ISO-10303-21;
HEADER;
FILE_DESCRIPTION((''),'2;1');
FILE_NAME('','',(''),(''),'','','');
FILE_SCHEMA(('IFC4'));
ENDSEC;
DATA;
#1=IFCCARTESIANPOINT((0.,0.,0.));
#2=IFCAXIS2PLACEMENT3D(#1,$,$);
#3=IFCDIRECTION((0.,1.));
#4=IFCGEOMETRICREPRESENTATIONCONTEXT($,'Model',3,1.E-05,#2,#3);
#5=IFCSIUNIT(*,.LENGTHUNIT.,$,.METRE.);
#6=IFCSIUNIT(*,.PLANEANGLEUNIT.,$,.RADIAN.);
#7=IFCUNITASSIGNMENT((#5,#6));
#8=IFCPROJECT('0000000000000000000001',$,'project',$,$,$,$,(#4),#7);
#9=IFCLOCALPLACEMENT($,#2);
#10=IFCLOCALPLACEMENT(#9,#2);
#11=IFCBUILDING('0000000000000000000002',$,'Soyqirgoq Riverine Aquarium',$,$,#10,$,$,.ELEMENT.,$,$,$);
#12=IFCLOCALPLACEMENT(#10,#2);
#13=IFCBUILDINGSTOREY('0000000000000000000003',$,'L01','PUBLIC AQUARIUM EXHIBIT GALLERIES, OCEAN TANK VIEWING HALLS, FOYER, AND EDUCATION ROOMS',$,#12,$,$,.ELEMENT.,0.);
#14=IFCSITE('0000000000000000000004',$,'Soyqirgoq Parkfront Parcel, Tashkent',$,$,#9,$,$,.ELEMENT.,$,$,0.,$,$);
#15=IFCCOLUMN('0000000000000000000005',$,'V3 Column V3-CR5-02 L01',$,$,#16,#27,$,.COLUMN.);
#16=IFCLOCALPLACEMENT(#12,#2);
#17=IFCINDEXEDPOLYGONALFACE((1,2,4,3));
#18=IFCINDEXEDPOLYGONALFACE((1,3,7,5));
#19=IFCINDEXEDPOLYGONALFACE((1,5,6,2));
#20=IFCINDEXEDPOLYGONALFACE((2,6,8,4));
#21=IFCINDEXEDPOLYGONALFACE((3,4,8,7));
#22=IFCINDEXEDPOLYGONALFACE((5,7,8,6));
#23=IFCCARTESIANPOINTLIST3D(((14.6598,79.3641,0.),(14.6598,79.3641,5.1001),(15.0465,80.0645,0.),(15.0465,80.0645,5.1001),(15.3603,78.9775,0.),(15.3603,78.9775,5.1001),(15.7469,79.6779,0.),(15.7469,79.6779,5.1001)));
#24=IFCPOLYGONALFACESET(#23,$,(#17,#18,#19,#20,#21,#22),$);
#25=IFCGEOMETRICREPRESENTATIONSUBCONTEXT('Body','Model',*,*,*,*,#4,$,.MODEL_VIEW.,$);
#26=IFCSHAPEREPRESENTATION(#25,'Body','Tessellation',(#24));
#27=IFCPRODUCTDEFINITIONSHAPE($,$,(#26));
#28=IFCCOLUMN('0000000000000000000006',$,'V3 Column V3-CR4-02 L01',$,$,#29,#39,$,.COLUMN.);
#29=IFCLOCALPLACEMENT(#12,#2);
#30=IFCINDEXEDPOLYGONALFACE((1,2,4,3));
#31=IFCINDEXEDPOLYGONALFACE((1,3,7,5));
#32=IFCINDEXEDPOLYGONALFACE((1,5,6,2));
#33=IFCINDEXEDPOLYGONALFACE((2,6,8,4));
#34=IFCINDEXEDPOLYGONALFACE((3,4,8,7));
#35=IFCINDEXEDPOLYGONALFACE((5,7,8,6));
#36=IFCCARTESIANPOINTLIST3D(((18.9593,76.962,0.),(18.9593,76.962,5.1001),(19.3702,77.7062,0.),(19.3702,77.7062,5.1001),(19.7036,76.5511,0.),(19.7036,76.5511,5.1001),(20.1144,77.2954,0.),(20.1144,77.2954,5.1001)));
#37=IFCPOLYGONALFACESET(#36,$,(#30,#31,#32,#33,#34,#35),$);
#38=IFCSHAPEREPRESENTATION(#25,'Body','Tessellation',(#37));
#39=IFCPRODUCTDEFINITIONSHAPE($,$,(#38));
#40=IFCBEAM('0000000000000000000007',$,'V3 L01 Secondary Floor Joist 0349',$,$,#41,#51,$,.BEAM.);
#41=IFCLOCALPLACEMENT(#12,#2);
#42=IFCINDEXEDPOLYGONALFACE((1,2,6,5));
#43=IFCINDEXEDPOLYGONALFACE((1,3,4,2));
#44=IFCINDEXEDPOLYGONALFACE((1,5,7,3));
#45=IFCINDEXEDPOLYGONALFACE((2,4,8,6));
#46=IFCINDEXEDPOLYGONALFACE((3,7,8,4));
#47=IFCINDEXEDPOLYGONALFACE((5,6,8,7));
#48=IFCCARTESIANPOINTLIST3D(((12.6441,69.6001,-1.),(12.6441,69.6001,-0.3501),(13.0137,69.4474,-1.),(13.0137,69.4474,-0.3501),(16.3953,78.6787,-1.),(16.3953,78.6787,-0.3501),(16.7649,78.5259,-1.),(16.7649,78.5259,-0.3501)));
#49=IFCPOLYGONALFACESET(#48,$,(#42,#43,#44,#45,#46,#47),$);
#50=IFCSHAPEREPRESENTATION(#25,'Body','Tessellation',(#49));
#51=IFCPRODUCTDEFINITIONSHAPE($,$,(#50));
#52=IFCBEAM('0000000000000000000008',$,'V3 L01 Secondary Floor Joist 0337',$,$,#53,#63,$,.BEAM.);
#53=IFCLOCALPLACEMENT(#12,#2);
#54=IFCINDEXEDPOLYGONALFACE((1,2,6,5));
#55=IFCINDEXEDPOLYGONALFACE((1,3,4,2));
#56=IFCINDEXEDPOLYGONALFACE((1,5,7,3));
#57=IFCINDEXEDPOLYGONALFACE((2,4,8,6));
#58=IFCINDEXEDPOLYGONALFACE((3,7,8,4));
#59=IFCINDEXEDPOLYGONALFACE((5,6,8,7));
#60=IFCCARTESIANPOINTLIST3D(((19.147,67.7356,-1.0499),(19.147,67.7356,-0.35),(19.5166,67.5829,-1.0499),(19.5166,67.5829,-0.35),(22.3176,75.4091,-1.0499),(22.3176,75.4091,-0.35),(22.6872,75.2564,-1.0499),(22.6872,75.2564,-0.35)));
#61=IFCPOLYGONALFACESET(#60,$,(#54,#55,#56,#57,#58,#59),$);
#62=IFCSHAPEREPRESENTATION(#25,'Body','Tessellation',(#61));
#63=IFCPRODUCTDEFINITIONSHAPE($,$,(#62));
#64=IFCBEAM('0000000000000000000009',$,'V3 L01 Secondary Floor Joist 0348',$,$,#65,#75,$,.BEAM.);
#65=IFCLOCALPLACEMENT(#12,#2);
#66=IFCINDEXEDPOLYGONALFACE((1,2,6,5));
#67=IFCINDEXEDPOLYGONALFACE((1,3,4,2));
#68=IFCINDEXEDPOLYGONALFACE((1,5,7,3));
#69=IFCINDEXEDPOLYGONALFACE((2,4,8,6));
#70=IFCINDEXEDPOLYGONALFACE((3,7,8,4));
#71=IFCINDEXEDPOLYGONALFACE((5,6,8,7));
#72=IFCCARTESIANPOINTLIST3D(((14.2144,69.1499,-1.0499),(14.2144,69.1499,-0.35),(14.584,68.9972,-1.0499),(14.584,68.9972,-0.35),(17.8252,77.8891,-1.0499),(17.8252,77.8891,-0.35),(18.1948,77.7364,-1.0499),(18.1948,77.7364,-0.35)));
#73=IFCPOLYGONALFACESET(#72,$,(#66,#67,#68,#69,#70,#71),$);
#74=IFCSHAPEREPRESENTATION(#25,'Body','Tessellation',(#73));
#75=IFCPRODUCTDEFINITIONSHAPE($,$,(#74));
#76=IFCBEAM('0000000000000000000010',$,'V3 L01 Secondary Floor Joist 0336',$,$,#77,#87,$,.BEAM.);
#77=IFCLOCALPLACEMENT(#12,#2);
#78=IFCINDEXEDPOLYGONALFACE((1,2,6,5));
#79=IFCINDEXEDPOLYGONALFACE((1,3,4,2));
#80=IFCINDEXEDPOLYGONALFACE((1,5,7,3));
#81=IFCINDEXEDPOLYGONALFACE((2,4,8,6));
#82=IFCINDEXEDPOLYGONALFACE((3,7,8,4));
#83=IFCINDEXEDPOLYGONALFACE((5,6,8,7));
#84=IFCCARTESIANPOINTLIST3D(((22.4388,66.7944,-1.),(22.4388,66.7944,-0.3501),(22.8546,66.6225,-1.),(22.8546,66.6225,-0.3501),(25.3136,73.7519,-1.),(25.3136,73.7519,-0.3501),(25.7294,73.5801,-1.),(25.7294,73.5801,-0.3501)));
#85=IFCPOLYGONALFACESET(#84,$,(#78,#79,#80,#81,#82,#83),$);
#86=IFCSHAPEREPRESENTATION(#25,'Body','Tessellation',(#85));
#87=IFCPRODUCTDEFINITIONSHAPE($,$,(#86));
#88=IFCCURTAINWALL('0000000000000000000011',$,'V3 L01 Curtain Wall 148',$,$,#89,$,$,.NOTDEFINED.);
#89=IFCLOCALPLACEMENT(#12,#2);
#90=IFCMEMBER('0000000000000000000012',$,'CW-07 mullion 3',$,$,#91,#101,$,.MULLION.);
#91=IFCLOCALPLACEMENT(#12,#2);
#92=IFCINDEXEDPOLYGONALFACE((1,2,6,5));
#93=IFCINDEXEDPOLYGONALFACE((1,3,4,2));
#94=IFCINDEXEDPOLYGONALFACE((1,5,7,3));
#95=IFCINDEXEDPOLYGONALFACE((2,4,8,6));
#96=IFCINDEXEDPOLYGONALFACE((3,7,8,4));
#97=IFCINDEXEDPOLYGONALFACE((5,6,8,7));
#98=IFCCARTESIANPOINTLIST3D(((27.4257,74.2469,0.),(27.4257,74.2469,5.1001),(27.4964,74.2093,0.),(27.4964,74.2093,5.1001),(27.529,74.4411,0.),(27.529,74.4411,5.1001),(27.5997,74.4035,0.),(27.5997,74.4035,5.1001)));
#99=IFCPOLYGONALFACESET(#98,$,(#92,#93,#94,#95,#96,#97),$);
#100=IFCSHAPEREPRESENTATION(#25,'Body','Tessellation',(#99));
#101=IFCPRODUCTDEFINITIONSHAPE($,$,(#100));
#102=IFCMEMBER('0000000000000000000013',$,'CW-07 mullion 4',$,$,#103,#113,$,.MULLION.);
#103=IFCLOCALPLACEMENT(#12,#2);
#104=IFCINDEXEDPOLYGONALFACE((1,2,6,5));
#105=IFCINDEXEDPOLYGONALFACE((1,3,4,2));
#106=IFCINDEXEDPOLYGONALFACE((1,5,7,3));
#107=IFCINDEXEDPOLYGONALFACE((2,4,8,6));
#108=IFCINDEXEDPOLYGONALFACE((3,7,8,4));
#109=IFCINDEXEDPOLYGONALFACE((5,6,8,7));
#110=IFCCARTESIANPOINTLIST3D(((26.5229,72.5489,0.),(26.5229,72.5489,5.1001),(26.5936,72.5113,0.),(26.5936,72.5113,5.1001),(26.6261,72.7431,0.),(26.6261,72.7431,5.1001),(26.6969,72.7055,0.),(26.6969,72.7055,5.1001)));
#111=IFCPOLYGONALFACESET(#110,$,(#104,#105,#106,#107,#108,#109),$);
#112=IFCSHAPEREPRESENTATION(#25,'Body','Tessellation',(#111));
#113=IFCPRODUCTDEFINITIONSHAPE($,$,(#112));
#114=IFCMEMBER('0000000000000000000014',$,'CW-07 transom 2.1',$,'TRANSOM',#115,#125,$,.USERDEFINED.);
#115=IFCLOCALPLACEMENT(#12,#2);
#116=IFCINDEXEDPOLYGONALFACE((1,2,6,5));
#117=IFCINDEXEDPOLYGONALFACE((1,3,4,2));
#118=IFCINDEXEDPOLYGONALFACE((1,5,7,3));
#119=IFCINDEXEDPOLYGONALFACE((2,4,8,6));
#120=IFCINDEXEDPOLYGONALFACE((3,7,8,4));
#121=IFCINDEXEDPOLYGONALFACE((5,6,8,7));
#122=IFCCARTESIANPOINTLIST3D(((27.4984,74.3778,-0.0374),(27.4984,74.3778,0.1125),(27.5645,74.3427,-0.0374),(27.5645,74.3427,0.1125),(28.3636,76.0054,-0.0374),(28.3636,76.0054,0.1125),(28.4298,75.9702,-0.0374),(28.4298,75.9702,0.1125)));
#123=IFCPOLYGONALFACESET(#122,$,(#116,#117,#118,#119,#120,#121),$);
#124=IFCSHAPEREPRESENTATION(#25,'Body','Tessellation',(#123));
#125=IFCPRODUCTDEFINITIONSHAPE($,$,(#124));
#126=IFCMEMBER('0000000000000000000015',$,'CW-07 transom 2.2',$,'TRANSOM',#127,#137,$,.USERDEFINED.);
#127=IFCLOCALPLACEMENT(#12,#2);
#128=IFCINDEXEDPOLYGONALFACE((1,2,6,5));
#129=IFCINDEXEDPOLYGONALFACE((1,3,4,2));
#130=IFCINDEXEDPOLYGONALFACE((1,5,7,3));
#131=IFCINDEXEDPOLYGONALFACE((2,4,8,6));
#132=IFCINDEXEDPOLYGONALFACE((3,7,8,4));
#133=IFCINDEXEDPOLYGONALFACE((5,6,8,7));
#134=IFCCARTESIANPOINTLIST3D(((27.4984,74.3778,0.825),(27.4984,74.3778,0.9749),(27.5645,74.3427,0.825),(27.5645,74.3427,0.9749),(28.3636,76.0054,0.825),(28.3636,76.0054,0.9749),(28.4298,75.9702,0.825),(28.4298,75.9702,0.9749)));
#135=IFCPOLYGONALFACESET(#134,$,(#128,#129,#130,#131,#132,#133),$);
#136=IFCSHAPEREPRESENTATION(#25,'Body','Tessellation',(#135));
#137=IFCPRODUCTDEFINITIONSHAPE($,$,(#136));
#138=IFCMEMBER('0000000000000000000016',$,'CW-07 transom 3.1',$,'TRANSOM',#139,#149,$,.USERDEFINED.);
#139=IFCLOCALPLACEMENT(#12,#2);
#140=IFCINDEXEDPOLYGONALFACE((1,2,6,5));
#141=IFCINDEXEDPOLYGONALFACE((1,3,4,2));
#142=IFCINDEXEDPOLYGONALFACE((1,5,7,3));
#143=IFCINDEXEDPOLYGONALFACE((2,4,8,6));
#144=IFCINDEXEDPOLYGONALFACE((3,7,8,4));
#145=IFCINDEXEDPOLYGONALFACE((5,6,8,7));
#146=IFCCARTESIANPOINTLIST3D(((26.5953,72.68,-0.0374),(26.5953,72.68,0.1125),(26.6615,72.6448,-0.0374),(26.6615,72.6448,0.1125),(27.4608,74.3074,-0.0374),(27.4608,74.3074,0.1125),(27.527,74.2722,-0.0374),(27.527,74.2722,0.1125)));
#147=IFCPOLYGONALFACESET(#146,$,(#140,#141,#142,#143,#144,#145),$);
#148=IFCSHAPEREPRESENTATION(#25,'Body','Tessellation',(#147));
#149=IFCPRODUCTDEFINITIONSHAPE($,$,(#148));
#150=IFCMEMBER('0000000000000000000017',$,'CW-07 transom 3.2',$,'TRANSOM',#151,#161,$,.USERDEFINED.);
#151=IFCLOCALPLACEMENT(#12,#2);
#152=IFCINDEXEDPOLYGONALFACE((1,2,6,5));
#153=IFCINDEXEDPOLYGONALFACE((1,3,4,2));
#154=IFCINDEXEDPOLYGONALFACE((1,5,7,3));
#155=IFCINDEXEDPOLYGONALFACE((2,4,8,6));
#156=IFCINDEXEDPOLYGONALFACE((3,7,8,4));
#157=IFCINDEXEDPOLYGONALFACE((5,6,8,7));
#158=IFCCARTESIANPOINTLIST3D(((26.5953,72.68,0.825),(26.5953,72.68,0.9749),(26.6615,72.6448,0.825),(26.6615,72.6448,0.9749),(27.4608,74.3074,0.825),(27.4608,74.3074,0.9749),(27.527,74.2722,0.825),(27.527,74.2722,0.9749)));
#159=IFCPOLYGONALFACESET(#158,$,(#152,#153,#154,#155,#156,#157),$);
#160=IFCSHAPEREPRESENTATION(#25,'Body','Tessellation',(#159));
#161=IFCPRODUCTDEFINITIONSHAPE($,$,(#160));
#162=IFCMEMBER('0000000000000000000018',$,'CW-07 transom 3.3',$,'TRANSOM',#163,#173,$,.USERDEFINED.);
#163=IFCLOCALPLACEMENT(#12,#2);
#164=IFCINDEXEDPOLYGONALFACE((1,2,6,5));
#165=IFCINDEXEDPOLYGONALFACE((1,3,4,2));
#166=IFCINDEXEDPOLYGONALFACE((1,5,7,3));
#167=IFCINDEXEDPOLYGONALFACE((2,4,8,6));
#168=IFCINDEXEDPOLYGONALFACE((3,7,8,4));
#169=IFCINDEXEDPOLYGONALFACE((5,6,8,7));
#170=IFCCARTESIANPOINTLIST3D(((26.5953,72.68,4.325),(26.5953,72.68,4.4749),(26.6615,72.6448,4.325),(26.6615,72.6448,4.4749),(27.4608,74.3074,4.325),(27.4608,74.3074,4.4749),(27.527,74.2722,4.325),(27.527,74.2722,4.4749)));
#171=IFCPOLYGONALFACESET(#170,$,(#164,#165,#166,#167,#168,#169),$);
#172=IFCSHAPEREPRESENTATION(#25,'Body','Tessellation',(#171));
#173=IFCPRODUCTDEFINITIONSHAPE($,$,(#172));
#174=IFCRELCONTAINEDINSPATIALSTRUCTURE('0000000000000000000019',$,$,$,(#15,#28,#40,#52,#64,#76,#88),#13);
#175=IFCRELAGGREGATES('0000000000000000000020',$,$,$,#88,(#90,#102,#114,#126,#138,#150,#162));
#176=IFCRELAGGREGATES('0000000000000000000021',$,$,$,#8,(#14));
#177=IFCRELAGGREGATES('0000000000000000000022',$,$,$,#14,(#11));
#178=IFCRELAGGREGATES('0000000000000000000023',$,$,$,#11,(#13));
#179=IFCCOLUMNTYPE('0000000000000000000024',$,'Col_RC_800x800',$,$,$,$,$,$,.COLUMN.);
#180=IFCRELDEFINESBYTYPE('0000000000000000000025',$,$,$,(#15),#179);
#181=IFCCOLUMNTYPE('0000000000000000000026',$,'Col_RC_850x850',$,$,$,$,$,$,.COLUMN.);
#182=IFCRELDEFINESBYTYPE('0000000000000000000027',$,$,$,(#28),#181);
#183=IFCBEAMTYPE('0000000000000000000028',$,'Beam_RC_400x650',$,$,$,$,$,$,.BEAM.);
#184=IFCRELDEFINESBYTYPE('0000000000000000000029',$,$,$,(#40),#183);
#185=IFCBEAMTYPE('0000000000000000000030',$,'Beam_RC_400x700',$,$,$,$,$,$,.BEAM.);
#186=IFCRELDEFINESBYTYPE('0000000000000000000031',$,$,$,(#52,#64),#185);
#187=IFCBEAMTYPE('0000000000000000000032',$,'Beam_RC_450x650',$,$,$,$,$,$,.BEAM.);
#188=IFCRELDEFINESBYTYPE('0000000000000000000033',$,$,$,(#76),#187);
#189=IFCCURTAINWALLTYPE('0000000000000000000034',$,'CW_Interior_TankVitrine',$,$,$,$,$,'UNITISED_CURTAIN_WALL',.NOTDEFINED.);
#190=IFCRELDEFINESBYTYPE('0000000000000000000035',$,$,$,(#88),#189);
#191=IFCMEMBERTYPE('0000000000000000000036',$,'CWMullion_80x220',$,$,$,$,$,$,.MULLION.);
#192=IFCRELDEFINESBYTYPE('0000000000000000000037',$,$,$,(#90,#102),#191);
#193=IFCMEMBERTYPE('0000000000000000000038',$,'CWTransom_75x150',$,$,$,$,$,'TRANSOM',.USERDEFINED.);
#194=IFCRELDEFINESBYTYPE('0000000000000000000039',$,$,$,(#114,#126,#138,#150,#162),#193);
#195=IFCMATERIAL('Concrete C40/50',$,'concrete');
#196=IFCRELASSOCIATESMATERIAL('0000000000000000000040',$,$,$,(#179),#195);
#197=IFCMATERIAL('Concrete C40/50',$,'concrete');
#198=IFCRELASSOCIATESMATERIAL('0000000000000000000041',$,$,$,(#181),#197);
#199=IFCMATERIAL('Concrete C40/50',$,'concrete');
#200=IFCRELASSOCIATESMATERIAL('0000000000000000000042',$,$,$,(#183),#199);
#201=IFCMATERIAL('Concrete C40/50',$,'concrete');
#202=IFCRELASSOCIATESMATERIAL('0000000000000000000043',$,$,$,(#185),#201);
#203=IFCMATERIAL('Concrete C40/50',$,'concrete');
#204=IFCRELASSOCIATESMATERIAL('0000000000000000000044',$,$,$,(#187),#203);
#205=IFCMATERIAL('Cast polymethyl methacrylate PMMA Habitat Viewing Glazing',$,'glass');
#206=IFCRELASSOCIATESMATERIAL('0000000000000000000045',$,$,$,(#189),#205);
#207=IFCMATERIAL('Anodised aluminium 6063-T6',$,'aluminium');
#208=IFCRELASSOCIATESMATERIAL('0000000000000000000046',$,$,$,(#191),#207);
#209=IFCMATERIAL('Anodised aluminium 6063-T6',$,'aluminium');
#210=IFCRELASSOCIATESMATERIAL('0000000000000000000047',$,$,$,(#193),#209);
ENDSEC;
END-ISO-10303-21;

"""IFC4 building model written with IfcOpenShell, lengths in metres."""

from ifc_helpers import new_model, si_unit, direction, frame, origin, origin_2d, place, context, subcontext, project, spatial, rectangle, extrude, material, material_profile, profile_set, type_object, element, aggregate, save


model = new_model("IFC4")

# Units and contexts
model_context = context("Model", 3, precision=1e-05, world=origin(), true_north=direction((0.0, 1.0)))
body_context = subcontext(model_context, "Body", "Model", "MODEL_VIEW")
ifc_project = project(units=[si_unit("LENGTHUNIT", "METRE"), si_unit("PLANEANGLEUNIT", "RADIAN")], contexts=[model_context])

# Site, building, storey
site_placement = place(None, origin())
site = spatial("IfcSite", under=ifc_project, at=site_placement, Name="Soyqirgoq Parkfront Parcel, Tashkent", CompositionType="ELEMENT", RefElevation=0.0)
building_placement = place(site_placement, origin())
building = spatial("IfcBuilding", under=site, at=building_placement, Name="Soyqirgoq Riverine Aquarium", CompositionType="ELEMENT")
storey_placement = place(building_placement, origin())
storey = spatial("IfcBuildingStorey", under=building, at=storey_placement, Name="L01", Description="PUBLIC AQUARIUM EXHIBIT GALLERIES, OCEAN TANK VIEWING HALLS, FOYER, AND EDUCATION ROOMS", CompositionType="ELEMENT", Elevation=0.0)

# Columns
ifc_material_1 = material(Name="Concrete C40/50", Category="concrete")
ifc_material_profile_1 = material_profile(ifc_material_1, rectangle(XDim=0.8, YDim=0.8, at=origin_2d()), Name="RC 800x800")
ifc_profile_set_1 = profile_set([ifc_material_profile_1], Name="Concrete C40/50")
column_type_1 = type_object("IfcColumnType", Name="Col_RC_800x800", PredefinedType="COLUMN", material=ifc_profile_set_1)
column_1_placement = place(storey_placement, frame((15.2034, 79.521, 0.0), z_axis=(0.0, 0.0, 1.0), x_axis=(-0.875465, 0.483282, 0.0)))
element("IfcColumn", 1, at=column_1_placement, inside=storey, type_object=column_type_1, Name="V3 Column V3-CR5-02 L01", PredefinedType="COLUMN", context=body_context, shape_type="SweptSolid", body=[
    extrude(rectangle(XDim=0.8, YDim=0.8, at=origin_2d()), origin(), (0.0, 0.0, 1.0), 5.1001),
])
ifc_material_2 = material(Name="Concrete C40/50", Category="concrete")
ifc_material_profile_2 = material_profile(ifc_material_2, rectangle(XDim=0.8501, YDim=0.8501, at=origin_2d()), Name="RC 850x850")
ifc_profile_set_2 = profile_set([ifc_material_profile_2], Name="Concrete C40/50")
column_type_2 = type_object("IfcColumnType", Name="Col_RC_850x850", PredefinedType="COLUMN", material=ifc_profile_set_2)
column_2_placement = place(storey_placement, frame((19.5369, 77.1287, 0.0), z_axis=(0.0, 0.0, 1.0), x_axis=(-0.875465, 0.483282, 0.0)))
element("IfcColumn", 2, at=column_2_placement, inside=storey, type_object=column_type_2, Name="V3 Column V3-CR4-02 L01", PredefinedType="COLUMN", context=body_context, shape_type="SweptSolid", body=[
    extrude(rectangle(XDim=0.8501, YDim=0.8501, at=origin_2d()), origin(), (0.0, 0.0, 1.0), 5.1001),
])

# Beams
ifc_material_3 = material(Name="Concrete C40/50", Category="concrete")
ifc_material_profile_3 = material_profile(ifc_material_3, rectangle(XDim=0.3999, YDim=0.6499, at=origin_2d()), Name="RC 400x650")
ifc_profile_set_3 = profile_set([ifc_material_profile_3], Name="Concrete C40/50")
beam_type_1 = type_object("IfcBeamType", Name="Beam_RC_400x650", PredefinedType="BEAM", material=ifc_profile_set_3)
beam_1_placement = place(storey_placement, frame((16.5801, 78.6023, -0.675), z_axis=(-0.381878, -0.924213, 0.0), x_axis=(0.924213, -0.381878, 0.0)))
element("IfcBeam", 3, at=beam_1_placement, inside=storey, type_object=beam_type_1, Name="V3 L01 Secondary Floor Joist 0349", PredefinedType="BEAM", context=body_context, shape_type="SweptSolid", body=[
    extrude(rectangle(XDim=0.3999, YDim=0.6499, at=origin_2d()), origin(), (0.0, 0.0, 1.0), 9.823),
])
ifc_material_4 = material(Name="Concrete C40/50", Category="concrete")
ifc_material_profile_4 = material_profile(ifc_material_4, rectangle(XDim=0.3999, YDim=0.7, at=origin_2d()), Name="RC 400x700")
ifc_profile_set_4 = profile_set([ifc_material_profile_4], Name="Concrete C40/50")
beam_type_2 = type_object("IfcBeamType", Name="Beam_RC_400x700", PredefinedType="BEAM", material=ifc_profile_set_4)
beam_2_placement = place(storey_placement, frame((22.5024, 75.3328, -0.7), z_axis=(-0.381876, -0.924213, 0.0), x_axis=(0.924213, -0.381876, 0.0)))
element("IfcBeam", 4, at=beam_2_placement, inside=storey, type_object=beam_type_2, Name="V3 L01 Secondary Floor Joist 0337", PredefinedType="BEAM", context=body_context, shape_type="SweptSolid", body=[
    extrude(rectangle(XDim=0.3999, YDim=0.7, at=origin_2d()), origin(), (0.0, 0.0, 1.0), 8.3027),
])
beam_3_placement = place(storey_placement, frame((18.01, 77.8127, -0.7), z_axis=(-0.381864, -0.924219, 0.0), x_axis=(0.924219, -0.381864, 0.0)))
element("IfcBeam", 5, at=beam_3_placement, inside=storey, type_object=beam_type_2, Name="V3 L01 Secondary Floor Joist 0348", PredefinedType="BEAM", context=body_context, shape_type="SweptSolid", body=[
    extrude(rectangle(XDim=0.3999, YDim=0.7, at=origin_2d()), origin(), (0.0, 0.0, 1.0), 9.4558),
])
ifc_material_5 = material(Name="Concrete C40/50", Category="concrete")
ifc_material_profile_5 = material_profile(ifc_material_5, rectangle(XDim=0.45, YDim=0.6499, at=origin_2d()), Name="RC 450x650")
ifc_profile_set_5 = profile_set([ifc_material_profile_5], Name="Concrete C40/50")
beam_type_3 = type_object("IfcBeamType", Name="Beam_RC_450x650", PredefinedType="BEAM", material=ifc_profile_set_5)
beam_4_placement = place(storey_placement, frame((25.5215, 73.666, -0.675), z_axis=(-0.381873, -0.924215, 0.0), x_axis=(0.924215, -0.381873, 0.0)))
element("IfcBeam", 6, at=beam_4_placement, inside=storey, type_object=beam_type_3, Name="V3 L01 Secondary Floor Joist 0336", PredefinedType="BEAM", context=body_context, shape_type="SweptSolid", body=[
    extrude(rectangle(XDim=0.45, YDim=0.6499, at=origin_2d()), origin(), (0.0, 0.0, 1.0), 7.5281),
])

# Curtain wall, members
ifc_material_6 = material(Name="Cast polymethyl methacrylate PMMA Habitat Viewing Glazing", Category="glass")
curtain_wall_type = type_object("IfcCurtainWallType", Name="CW_Interior_TankVitrine", ElementType="UNITISED_CURTAIN_WALL", PredefinedType="NOTDEFINED", material=ifc_material_6)
curtain_wall_placement = place(storey_placement, origin())
curtain_wall = element("IfcCurtainWall", 7, at=curtain_wall_placement, inside=storey, type_object=curtain_wall_type, Name="V3 L01 Curtain Wall 148", PredefinedType="NOTDEFINED")
ifc_material_7 = material(Name="Anodised aluminium 6063-T6", Category="aluminium")
ifc_material_profile_6 = material_profile(ifc_material_7, rectangle(XDim=0.0801, YDim=0.22, at=origin_2d()), Name="ALU-M 80x220")
ifc_profile_set_6 = profile_set([ifc_material_profile_6], Name="Anodised aluminium 6063-T6")
member_type_1 = type_object("IfcMemberType", Name="CWMullion_80x220", PredefinedType="MULLION", material=ifc_profile_set_6)
member_1_placement = place(storey_placement, frame((27.5127, 74.3252, 0.0), z_axis=(0.0, 0.0, 1.0), x_axis=(0.882946, -0.469475, 0.0)))
member_1 = element("IfcMember", 8, at=member_1_placement, type_object=member_type_1, Name="CW-07 mullion 3", PredefinedType="MULLION", context=body_context, shape_type="SweptSolid", body=[
    extrude(rectangle(XDim=0.0801, YDim=0.22, at=origin_2d()), origin(), (0.0, 0.0, 1.0), 5.1001),
])
member_2_placement = place(storey_placement, frame((26.6099, 72.6272, 0.0), z_axis=(0.0, 0.0, 1.0), x_axis=(0.882946, -0.469475, 0.0)))
member_2 = element("IfcMember", 9, at=member_2_placement, type_object=member_type_1, Name="CW-07 mullion 4", PredefinedType="MULLION", context=body_context, shape_type="SweptSolid", body=[
    extrude(rectangle(XDim=0.0801, YDim=0.22, at=origin_2d()), origin(), (0.0, 0.0, 1.0), 5.1001),
])
ifc_material_8 = material(Name="Anodised aluminium 6063-T6", Category="aluminium")
ifc_material_profile_7 = material_profile(ifc_material_8, rectangle(XDim=0.075, YDim=0.1499, at=origin_2d()), Name="ALU-T 75x150")
ifc_profile_set_7 = profile_set([ifc_material_profile_7], Name="Anodised aluminium 6063-T6")
member_type_2 = type_object("IfcMemberType", Name="CWTransom_75x150", ElementType="TRANSOM", PredefinedType="USERDEFINED", material=ifc_profile_set_7)
member_3_placement = place(storey_placement, frame((28.3967, 75.9878, 0.0376), z_axis=(-0.469433, -0.882968, 0.0), x_axis=(0.882968, -0.469433, 0.0)))
member_3 = element("IfcMember", 10, at=member_3_placement, type_object=member_type_2, Name="CW-07 transom 2.1", ObjectType="TRANSOM", PredefinedType="USERDEFINED", context=body_context, shape_type="SweptSolid", body=[
    extrude(rectangle(XDim=0.075, YDim=0.1499, at=origin_2d()), origin(), (0.0, 0.0, 1.0), 1.8433),
])
member_4_placement = place(storey_placement, frame((28.3967, 75.9878, 0.8999), z_axis=(-0.469433, -0.882968, 0.0), x_axis=(0.882968, -0.469433, 0.0)))
member_4 = element("IfcMember", 11, at=member_4_placement, type_object=member_type_2, Name="CW-07 transom 2.2", ObjectType="TRANSOM", PredefinedType="USERDEFINED", context=body_context, shape_type="SweptSolid", body=[
    extrude(rectangle(XDim=0.075, YDim=0.1499, at=origin_2d()), origin(), (0.0, 0.0, 1.0), 1.8433),
])
member_5_placement = place(storey_placement, frame((27.4939, 74.2898, 0.0376), z_axis=(-0.469536, -0.882913, 0.0), x_axis=(0.882913, -0.469536, 0.0)))
member_5 = element("IfcMember", 12, at=member_5_placement, type_object=member_type_2, Name="CW-07 transom 3.1", ObjectType="TRANSOM", PredefinedType="USERDEFINED", context=body_context, shape_type="SweptSolid", body=[
    extrude(rectangle(XDim=0.075, YDim=0.1499, at=origin_2d()), origin(), (0.0, 0.0, 1.0), 1.8433),
])
member_6_placement = place(storey_placement, frame((27.4939, 74.2898, 0.8999), z_axis=(-0.469536, -0.882913, 0.0), x_axis=(0.882913, -0.469536, 0.0)))
member_6 = element("IfcMember", 13, at=member_6_placement, type_object=member_type_2, Name="CW-07 transom 3.2", ObjectType="TRANSOM", PredefinedType="USERDEFINED", context=body_context, shape_type="SweptSolid", body=[
    extrude(rectangle(XDim=0.075, YDim=0.1499, at=origin_2d()), origin(), (0.0, 0.0, 1.0), 1.8433),
])
member_7_placement = place(storey_placement, frame((27.4939, 74.2898, 4.3999), z_axis=(-0.469536, -0.882913, 0.0), x_axis=(0.882913, -0.469536, 0.0)))
member_7 = element("IfcMember", 14, at=member_7_placement, type_object=member_type_2, Name="CW-07 transom 3.3", ObjectType="TRANSOM", PredefinedType="USERDEFINED", context=body_context, shape_type="SweptSolid", body=[
    extrude(rectangle(XDim=0.075, YDim=0.1499, at=origin_2d()), origin(), (0.0, 0.0, 1.0), 1.8433),
])

aggregate(curtain_wall, [member_1, member_2, member_3, member_4, member_5, member_6, member_7])

save(model, "model.ifc")
